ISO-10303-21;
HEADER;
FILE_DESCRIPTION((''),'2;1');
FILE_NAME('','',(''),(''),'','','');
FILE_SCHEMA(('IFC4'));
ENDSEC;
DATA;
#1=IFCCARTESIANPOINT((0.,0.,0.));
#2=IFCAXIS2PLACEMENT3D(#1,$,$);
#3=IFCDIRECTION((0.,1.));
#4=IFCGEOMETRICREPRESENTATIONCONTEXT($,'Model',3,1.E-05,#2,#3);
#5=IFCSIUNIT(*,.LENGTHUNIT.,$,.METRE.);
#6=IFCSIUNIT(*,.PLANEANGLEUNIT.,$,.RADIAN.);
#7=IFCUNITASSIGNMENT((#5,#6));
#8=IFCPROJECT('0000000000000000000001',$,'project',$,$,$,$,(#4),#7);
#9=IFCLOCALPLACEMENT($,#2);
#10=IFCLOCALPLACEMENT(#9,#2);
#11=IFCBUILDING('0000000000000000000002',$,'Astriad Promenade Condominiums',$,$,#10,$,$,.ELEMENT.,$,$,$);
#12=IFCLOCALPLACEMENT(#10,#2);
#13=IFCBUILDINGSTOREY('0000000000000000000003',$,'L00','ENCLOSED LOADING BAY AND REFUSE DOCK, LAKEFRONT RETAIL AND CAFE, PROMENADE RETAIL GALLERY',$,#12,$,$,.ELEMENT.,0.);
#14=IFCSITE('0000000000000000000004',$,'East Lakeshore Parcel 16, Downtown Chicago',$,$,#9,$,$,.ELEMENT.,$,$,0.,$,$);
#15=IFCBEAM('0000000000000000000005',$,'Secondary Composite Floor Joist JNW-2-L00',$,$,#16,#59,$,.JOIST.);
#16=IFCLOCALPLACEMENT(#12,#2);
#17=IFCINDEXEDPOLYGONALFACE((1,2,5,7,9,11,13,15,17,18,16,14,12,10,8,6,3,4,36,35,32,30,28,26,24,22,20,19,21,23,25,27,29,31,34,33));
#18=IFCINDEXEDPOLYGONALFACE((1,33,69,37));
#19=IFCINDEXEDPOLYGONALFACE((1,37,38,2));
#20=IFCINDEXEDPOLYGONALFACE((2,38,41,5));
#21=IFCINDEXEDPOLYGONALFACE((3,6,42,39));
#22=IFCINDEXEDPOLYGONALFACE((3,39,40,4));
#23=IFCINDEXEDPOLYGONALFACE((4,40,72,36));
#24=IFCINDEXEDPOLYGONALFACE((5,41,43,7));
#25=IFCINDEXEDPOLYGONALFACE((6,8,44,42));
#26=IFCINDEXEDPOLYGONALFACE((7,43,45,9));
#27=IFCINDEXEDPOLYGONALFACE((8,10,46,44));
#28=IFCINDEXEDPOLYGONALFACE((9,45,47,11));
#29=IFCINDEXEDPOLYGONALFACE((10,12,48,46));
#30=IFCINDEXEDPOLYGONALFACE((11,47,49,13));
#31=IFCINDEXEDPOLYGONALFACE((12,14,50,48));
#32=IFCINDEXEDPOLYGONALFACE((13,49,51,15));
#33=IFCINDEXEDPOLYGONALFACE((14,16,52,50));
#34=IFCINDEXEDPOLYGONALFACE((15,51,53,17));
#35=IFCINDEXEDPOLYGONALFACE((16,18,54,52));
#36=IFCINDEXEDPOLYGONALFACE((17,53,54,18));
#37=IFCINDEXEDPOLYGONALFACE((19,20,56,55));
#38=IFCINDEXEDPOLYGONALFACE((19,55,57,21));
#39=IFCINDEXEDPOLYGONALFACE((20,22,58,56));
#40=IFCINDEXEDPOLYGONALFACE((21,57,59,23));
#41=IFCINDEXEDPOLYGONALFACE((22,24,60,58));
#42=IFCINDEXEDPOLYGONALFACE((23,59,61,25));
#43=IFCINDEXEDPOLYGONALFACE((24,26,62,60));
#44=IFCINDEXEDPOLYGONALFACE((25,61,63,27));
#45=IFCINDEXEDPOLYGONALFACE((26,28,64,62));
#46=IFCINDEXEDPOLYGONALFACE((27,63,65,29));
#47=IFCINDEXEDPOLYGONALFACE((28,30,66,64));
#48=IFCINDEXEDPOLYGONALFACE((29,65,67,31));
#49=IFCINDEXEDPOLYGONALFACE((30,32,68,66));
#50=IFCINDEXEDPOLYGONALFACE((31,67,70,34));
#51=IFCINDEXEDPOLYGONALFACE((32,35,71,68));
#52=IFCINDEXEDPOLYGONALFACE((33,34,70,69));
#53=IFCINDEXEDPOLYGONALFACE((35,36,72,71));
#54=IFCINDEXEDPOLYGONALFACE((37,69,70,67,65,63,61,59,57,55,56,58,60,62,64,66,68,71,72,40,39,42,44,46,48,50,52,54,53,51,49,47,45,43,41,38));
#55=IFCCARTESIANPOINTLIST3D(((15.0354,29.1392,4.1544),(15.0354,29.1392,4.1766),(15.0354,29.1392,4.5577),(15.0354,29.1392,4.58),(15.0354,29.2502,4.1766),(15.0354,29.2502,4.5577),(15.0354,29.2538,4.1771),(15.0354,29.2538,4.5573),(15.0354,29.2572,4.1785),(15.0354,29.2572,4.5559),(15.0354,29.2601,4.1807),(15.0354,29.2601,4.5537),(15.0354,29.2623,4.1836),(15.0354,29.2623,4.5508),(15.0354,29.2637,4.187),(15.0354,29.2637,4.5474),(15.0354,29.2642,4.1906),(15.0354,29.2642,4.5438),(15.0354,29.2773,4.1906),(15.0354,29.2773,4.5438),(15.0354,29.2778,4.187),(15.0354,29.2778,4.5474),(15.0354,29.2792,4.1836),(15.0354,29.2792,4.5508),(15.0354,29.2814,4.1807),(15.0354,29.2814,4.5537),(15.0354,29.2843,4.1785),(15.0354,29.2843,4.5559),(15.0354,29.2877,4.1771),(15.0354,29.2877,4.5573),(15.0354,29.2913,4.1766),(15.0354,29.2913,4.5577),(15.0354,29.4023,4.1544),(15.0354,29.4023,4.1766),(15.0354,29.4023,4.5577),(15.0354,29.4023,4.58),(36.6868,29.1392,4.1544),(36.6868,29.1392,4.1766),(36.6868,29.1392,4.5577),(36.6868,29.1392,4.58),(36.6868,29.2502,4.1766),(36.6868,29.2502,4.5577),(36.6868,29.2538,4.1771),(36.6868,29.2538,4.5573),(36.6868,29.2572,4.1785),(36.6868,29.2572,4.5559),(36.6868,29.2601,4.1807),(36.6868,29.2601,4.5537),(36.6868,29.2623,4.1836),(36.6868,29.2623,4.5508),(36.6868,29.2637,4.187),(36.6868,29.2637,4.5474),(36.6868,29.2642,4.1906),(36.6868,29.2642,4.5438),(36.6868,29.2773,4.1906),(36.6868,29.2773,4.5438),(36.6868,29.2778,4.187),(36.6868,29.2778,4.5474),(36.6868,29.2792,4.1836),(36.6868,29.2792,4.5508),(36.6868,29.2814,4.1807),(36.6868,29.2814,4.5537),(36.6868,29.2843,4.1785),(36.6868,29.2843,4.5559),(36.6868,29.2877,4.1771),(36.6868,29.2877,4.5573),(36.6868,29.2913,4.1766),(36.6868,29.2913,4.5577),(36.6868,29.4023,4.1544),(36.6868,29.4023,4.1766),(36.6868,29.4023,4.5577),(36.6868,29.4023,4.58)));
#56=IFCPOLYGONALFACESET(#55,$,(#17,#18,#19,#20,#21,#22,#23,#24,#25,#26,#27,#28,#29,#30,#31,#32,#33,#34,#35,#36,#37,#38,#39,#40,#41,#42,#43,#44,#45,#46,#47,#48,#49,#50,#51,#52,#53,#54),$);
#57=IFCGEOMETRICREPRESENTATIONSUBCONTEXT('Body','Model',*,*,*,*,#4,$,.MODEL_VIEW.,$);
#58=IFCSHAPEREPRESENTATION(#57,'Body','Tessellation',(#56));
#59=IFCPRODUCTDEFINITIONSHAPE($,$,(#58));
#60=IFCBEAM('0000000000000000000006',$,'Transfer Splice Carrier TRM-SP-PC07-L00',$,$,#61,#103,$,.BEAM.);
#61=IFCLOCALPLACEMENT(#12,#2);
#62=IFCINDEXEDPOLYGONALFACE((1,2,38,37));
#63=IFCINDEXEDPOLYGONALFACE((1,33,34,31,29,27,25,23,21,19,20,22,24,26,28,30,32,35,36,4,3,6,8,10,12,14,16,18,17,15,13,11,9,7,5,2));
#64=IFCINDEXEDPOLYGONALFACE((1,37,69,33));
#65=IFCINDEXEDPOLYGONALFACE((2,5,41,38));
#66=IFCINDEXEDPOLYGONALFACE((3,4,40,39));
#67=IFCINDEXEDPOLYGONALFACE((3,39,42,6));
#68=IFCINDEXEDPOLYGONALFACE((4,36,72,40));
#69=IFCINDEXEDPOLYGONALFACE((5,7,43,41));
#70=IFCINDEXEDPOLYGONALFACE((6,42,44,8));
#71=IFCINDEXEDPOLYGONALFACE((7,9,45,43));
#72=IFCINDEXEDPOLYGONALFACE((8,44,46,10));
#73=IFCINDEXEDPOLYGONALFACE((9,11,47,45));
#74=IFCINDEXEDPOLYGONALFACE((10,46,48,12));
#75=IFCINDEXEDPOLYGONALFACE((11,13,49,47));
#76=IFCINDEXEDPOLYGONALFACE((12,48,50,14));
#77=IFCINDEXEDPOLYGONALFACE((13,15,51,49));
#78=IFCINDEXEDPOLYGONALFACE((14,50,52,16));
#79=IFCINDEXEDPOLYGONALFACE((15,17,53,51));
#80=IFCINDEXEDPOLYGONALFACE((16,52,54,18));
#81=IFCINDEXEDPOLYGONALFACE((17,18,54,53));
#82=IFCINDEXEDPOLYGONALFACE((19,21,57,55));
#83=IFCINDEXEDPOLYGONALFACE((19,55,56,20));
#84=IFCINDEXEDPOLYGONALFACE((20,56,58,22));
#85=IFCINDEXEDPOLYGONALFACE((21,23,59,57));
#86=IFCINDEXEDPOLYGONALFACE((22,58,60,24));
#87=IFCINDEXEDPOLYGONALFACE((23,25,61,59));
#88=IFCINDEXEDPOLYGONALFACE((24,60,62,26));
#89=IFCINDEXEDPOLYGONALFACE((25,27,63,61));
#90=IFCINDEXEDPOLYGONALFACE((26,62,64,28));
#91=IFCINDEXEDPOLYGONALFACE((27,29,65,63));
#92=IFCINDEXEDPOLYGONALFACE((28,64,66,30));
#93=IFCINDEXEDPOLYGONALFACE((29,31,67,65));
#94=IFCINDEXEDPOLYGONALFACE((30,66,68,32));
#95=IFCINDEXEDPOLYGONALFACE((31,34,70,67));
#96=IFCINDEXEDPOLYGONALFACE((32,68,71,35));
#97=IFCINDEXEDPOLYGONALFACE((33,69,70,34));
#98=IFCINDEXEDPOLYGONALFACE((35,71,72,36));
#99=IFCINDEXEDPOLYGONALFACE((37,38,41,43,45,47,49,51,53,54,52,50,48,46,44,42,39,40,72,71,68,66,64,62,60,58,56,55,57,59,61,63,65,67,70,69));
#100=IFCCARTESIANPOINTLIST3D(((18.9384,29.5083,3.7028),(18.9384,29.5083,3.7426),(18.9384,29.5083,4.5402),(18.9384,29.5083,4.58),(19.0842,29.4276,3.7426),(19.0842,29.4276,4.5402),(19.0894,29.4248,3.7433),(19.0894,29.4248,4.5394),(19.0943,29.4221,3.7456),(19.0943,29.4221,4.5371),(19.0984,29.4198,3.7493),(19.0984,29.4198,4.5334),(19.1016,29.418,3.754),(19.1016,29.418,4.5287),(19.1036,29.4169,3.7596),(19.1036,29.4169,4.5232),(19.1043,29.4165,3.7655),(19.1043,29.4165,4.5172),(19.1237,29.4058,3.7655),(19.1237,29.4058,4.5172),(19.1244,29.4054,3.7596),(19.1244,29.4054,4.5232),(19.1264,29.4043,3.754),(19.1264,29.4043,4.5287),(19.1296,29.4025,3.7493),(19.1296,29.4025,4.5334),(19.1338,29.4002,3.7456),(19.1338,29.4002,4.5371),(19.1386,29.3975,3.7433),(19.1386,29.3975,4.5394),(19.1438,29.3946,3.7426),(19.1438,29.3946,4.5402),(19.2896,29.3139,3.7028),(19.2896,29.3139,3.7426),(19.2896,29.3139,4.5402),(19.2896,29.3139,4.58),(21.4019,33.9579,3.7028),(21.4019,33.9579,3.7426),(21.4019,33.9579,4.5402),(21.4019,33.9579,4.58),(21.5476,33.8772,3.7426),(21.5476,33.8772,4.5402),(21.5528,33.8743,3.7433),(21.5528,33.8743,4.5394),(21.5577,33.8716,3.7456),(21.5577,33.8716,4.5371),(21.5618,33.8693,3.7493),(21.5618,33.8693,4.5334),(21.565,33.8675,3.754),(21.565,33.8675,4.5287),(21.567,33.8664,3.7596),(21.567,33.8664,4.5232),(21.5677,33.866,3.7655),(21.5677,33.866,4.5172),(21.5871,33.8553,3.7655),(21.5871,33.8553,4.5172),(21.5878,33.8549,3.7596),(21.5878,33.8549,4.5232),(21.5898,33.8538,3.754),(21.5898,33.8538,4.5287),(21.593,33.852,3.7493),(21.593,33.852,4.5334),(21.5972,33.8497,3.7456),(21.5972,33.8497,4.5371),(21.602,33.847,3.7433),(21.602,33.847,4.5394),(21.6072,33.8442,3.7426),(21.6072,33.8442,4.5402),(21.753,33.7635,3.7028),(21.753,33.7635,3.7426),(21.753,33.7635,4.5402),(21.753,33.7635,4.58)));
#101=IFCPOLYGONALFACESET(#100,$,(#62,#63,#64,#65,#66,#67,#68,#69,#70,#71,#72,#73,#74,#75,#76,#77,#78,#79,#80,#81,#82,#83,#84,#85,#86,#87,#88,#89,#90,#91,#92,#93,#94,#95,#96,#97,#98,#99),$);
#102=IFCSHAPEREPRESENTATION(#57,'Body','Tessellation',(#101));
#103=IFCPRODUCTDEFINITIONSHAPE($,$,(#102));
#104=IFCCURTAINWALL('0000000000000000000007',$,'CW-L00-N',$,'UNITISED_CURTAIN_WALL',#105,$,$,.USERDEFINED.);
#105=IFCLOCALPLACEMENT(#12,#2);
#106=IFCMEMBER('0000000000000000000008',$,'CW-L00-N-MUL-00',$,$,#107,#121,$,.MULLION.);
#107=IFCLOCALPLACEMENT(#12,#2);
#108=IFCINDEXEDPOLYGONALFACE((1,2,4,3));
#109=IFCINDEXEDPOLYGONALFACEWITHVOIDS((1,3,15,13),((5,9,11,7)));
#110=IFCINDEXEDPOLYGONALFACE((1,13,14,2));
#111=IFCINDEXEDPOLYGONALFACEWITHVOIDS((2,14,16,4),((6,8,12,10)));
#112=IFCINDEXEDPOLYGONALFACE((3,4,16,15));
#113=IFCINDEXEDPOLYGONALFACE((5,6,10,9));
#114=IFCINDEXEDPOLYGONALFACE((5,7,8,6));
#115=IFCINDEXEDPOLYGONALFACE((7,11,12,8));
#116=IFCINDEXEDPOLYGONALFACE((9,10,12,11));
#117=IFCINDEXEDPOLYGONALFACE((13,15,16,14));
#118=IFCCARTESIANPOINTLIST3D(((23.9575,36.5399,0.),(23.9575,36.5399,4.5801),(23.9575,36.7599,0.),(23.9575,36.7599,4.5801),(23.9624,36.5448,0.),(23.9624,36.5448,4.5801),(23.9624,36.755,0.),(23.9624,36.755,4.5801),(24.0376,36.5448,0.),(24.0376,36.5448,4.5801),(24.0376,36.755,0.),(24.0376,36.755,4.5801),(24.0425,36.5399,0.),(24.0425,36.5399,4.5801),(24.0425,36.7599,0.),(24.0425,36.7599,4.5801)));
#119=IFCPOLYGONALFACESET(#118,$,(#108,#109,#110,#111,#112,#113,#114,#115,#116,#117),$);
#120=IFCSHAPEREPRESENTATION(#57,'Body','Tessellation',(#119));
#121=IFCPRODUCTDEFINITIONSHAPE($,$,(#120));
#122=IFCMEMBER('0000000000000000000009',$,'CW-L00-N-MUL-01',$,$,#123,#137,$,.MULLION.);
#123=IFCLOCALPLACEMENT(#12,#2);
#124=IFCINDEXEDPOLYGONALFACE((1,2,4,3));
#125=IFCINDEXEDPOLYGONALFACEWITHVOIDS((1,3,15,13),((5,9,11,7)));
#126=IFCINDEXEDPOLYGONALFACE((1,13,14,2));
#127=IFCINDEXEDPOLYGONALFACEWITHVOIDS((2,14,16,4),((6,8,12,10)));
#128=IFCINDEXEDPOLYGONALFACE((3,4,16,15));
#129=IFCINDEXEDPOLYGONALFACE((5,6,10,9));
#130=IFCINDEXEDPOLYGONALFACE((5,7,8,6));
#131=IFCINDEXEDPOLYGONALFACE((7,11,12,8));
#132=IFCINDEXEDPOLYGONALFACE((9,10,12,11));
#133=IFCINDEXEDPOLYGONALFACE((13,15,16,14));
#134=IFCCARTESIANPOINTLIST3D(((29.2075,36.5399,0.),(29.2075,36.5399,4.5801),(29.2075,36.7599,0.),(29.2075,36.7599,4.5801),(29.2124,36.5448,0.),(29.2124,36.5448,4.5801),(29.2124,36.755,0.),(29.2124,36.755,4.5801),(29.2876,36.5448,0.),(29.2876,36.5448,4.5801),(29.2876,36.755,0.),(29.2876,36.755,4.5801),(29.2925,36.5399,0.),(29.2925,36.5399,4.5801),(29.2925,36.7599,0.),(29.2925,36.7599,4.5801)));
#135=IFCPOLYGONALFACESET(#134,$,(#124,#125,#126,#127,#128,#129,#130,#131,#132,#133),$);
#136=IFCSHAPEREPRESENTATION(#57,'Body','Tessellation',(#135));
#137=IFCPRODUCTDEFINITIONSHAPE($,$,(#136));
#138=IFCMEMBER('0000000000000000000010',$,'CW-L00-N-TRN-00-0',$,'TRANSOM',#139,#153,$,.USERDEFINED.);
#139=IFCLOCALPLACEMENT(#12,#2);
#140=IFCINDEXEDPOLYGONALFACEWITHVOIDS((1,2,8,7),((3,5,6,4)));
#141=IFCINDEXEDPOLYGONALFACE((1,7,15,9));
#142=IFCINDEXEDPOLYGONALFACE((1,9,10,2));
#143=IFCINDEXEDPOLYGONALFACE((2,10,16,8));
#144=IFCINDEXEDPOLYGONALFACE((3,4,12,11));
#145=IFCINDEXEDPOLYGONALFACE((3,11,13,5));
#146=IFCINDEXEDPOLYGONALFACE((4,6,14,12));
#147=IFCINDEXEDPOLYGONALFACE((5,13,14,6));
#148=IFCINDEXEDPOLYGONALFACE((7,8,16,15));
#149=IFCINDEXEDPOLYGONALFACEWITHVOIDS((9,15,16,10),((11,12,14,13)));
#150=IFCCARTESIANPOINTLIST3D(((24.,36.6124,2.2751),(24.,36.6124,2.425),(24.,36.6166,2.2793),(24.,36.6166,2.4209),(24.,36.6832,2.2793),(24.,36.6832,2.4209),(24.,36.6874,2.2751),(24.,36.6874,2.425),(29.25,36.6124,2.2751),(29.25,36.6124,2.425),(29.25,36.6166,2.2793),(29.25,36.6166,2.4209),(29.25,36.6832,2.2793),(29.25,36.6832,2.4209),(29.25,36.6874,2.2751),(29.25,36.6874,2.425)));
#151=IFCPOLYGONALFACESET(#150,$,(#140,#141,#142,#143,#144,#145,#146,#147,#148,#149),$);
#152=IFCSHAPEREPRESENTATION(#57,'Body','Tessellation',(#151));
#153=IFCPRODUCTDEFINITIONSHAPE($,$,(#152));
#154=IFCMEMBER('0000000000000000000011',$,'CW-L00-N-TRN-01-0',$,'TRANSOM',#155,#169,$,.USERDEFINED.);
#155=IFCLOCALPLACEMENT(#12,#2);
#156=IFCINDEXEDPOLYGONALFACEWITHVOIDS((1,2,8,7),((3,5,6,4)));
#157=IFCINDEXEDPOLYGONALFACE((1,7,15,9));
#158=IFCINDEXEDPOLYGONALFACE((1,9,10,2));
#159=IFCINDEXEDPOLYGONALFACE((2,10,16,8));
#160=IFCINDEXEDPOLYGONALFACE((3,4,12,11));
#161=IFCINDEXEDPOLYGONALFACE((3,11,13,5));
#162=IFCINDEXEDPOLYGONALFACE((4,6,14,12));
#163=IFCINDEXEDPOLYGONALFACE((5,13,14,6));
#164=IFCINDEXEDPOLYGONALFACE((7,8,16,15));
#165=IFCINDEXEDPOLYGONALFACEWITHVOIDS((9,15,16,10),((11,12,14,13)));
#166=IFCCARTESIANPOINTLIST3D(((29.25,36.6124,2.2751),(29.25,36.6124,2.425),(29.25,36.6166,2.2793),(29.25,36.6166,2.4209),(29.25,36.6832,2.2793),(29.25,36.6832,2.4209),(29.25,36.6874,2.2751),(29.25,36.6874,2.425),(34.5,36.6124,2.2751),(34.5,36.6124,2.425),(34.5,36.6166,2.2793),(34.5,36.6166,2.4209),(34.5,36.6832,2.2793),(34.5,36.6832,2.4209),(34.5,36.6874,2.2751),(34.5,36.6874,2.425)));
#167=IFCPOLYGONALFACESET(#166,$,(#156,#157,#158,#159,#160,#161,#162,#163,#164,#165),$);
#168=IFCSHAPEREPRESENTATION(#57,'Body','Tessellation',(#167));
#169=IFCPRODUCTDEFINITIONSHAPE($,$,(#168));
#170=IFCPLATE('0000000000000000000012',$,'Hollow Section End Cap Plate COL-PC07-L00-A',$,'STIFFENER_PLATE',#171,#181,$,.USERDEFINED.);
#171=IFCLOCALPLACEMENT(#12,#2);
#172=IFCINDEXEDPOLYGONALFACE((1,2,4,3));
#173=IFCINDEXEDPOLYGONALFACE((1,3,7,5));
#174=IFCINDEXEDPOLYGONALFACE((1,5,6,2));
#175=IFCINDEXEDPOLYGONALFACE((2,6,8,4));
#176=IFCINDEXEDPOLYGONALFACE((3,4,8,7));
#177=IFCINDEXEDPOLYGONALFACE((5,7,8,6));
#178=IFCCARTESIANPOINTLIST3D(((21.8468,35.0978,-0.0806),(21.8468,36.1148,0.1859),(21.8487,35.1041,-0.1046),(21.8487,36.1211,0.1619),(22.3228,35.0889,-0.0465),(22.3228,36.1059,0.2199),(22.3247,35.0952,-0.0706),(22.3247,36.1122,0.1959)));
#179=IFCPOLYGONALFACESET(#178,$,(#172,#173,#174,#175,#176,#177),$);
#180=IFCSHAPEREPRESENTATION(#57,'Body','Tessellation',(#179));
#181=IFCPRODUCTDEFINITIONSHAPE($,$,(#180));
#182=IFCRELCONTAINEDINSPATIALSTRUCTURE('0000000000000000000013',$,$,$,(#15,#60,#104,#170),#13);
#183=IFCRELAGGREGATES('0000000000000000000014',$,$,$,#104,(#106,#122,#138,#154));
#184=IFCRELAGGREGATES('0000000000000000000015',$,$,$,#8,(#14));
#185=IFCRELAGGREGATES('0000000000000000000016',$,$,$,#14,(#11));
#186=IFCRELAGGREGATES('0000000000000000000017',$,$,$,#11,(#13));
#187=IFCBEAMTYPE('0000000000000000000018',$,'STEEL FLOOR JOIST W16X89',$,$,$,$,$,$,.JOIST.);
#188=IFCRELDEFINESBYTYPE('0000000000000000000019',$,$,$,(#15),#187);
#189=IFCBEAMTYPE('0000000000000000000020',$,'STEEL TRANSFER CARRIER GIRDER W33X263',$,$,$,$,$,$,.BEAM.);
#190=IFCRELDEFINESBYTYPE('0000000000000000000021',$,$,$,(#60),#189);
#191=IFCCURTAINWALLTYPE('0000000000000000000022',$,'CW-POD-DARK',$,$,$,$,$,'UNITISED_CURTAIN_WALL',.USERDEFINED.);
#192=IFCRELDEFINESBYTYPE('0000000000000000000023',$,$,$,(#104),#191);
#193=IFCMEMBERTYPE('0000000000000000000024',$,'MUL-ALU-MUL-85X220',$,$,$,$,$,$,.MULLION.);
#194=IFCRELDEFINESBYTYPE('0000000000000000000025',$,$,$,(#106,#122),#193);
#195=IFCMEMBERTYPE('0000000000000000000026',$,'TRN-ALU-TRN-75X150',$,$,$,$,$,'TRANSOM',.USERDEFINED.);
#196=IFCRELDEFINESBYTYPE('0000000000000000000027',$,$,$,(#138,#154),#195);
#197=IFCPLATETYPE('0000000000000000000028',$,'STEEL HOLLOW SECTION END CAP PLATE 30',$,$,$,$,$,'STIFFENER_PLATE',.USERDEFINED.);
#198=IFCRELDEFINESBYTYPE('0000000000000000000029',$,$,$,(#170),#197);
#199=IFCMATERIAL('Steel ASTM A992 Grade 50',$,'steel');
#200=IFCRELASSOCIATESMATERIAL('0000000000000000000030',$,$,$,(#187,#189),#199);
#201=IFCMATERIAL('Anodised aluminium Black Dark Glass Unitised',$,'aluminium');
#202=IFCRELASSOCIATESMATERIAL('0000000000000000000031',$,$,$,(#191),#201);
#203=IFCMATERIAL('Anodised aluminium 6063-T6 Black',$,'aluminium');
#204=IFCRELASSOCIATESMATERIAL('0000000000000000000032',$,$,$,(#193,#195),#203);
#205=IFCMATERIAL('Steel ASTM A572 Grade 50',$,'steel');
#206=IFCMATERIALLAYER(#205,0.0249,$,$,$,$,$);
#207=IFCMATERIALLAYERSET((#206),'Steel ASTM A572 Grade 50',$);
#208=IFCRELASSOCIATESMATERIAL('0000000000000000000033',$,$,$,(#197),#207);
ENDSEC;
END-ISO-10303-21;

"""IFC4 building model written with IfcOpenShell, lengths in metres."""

from ifc_helpers import new_model, si_unit, direction, frame, origin, origin_2d, place, context, subcontext, project, spatial, rectangle, hollow_rectangle, i_section, extrude, source, transform, mapped, material, layer, layer_set, material_profile, profile_set, type_object, type_shapes, element, aggregate, save


model = new_model("IFC4")

# Units and contexts
model_context = context("Model", 3, precision=1e-05, world=origin(), true_north=direction((0.0, 1.0)))
body_context = subcontext(model_context, "Body", "Model", "MODEL_VIEW")
ifc_project = project(units=[si_unit("LENGTHUNIT", "METRE"), si_unit("PLANEANGLEUNIT", "RADIAN")], contexts=[model_context])

# Site, building, storey
site_placement = place(None, origin())
site = spatial("IfcSite", under=ifc_project, at=site_placement, Name="East Lakeshore Parcel 16, Downtown Chicago", CompositionType="ELEMENT", RefElevation=0.0)
building_placement = place(site_placement, origin())
building = spatial("IfcBuilding", under=site, at=building_placement, Name="Astriad Promenade Condominiums", CompositionType="ELEMENT")
storey_placement = place(building_placement, origin())
storey = spatial("IfcBuildingStorey", under=building, at=storey_placement, Name="L00", Description="ENCLOSED LOADING BAY AND REFUSE DOCK, LAKEFRONT RETAIL AND CAFE, PROMENADE RETAIL GALLERY", CompositionType="ELEMENT", Elevation=0.0)

# Shared definitions
ifc_material_1 = material(Name="Steel ASTM A992 Grade 50", Category="steel")

# Beams
ifc_material_profile_1 = material_profile(ifc_material_1, i_section(OverallWidth=0.2632, OverallDepth=0.4255, WebThickness=0.0132, FlangeThickness=0.0222, FilletRadius=0.0139, at=origin_2d()), Name="W16X89")
ifc_profile_set_1 = profile_set([ifc_material_profile_1], Name="Steel ASTM A992 Grade 50")
beam_type_1 = type_object("IfcBeamType", Name="STEEL FLOOR JOIST W16X89", PredefinedType="JOIST", material=ifc_profile_set_1)
shared_shape_1 = source(origin(), body_context, "Body", "SweptSolid", [
    extrude(i_section(OverallWidth=0.2632, OverallDepth=0.4255, WebThickness=0.0132, FlangeThickness=0.0222, FilletRadius=0.0139, at=origin_2d()), origin(), (0.0, 0.0, 1.0), 21.6514),
])
type_shapes(beam_type_1, [shared_shape_1])
beam_1_placement = place(storey_placement, frame((15.0354, 29.2708, 4.3672), z_axis=(1.0, 0.0, 0.0), x_axis=(0.0, 1.0, 0.0)))
element("IfcBeam", 1, at=beam_1_placement, inside=storey, type_object=beam_type_1, Name="Secondary Composite Floor Joist JNW-2-L00", PredefinedType="JOIST", context=body_context, shape_type="MappedRepresentation", body=[
    mapped(shared_shape_1, transform((0.0, 0.0, 0.0), scale=1.0)),
])
ifc_material_profile_2 = material_profile(ifc_material_1, i_section(OverallWidth=0.4014, OverallDepth=0.8772, WebThickness=0.0222, FlangeThickness=0.0398, FilletRadius=0.0229, at=origin_2d()), Name="W33X263")
ifc_profile_set_2 = profile_set([ifc_material_profile_2], Name="Steel ASTM A992 Grade 50")
beam_type_2 = type_object("IfcBeamType", Name="STEEL TRANSFER CARRIER GIRDER W33X263", PredefinedType="BEAM", material=ifc_profile_set_2)
shared_shape_2 = source(origin(), body_context, "Body", "SweptSolid", [
    extrude(i_section(OverallWidth=0.4014, OverallDepth=0.8772, WebThickness=0.0222, FlangeThickness=0.0398, FilletRadius=0.0229, at=origin_2d()), origin(), (0.0, 0.0, 1.0), 5.0859),
])
type_shapes(beam_type_2, [shared_shape_2])
beam_2_placement = place(storey_placement, frame((19.114, 29.4111, 4.1414), z_axis=(0.484359, 0.87487, 0.0), x_axis=(-0.87487, 0.484359, 0.0)))
element("IfcBeam", 2, at=beam_2_placement, inside=storey, type_object=beam_type_2, Name="Transfer Splice Carrier TRM-SP-PC07-L00", PredefinedType="BEAM", context=body_context, shape_type="MappedRepresentation", body=[
    mapped(shared_shape_2, transform((0.0, 0.0, 0.0), scale=1.0)),
])

# Curtain wall, members
ifc_material_2 = material(Name="Anodised aluminium Black Dark Glass Unitised", Category="aluminium")
curtain_wall_type = type_object("IfcCurtainWallType", Name="CW-POD-DARK", ElementType="UNITISED_CURTAIN_WALL", PredefinedType="USERDEFINED", material=ifc_material_2)
curtain_wall_placement = place(storey_placement, origin())
curtain_wall = element("IfcCurtainWall", 3, at=curtain_wall_placement, inside=storey, type_object=curtain_wall_type, Name="CW-L00-N", ObjectType="UNITISED_CURTAIN_WALL", PredefinedType="USERDEFINED")
ifc_material_3 = material(Name="Anodised aluminium 6063-T6 Black", Category="aluminium")
ifc_material_profile_3 = material_profile(ifc_material_3, hollow_rectangle(XDim=0.085, YDim=0.22, WallThickness=0.0049, at=origin_2d()), Name="ALU-MUL-85X220")
ifc_profile_set_3 = profile_set([ifc_material_profile_3], Name="Anodised aluminium 6063-T6 Black")
member_type_1 = type_object("IfcMemberType", Name="MUL-ALU-MUL-85X220", PredefinedType="MULLION", material=ifc_profile_set_3)
shared_shape_3 = source(origin(), body_context, "Body", "SweptSolid", [
    extrude(hollow_rectangle(XDim=0.085, YDim=0.22, WallThickness=0.0049, at=origin_2d()), origin(), (0.0, 0.0, 1.0), 4.5801),
])
type_shapes(member_type_1, [shared_shape_3])
member_1_placement = place(storey_placement, frame((24.0, 36.6499, 0.0), z_axis=(0.0, 0.0, 1.0), x_axis=(1.0, 0.0, 0.0)))
member_1 = element("IfcMember", 4, at=member_1_placement, type_object=member_type_1, Name="CW-L00-N-MUL-00", PredefinedType="MULLION", context=body_context, shape_type="MappedRepresentation", body=[
    mapped(shared_shape_3, transform((0.0, 0.0, 0.0), scale=1.0)),
])
member_2_placement = place(storey_placement, frame((29.25, 36.6499, 0.0), z_axis=(0.0, 0.0, 1.0), x_axis=(1.0, 0.0, 0.0)))
member_2 = element("IfcMember", 5, at=member_2_placement, type_object=member_type_1, Name="CW-L00-N-MUL-01", PredefinedType="MULLION", context=body_context, shape_type="MappedRepresentation", body=[
    mapped(shared_shape_3, transform((0.0, 0.0, 0.0), scale=1.0)),
])
ifc_material_profile_4 = material_profile(ifc_material_3, hollow_rectangle(XDim=0.075, YDim=0.1499, WallThickness=0.0042, at=origin_2d()), Name="ALU-TRN-75X150")
ifc_profile_set_4 = profile_set([ifc_material_profile_4], Name="Anodised aluminium 6063-T6 Black")
member_type_2 = type_object("IfcMemberType", Name="TRN-ALU-TRN-75X150", ElementType="TRANSOM", PredefinedType="USERDEFINED", material=ifc_profile_set_4)
shared_shape_4 = source(origin(), body_context, "Body", "SweptSolid", [
    extrude(hollow_rectangle(XDim=0.075, YDim=0.1499, WallThickness=0.0042, at=origin_2d()), origin(), (0.0, 0.0, 1.0), 5.25),
])
type_shapes(member_type_2, [shared_shape_4])
member_3_placement = place(storey_placement, frame((24.0, 36.6499, 2.3501), z_axis=(1.0, 0.0, 0.0), x_axis=(0.0, 1.0, 0.0)))
member_3 = element("IfcMember", 6, at=member_3_placement, type_object=member_type_2, Name="CW-L00-N-TRN-00-0", ObjectType="TRANSOM", PredefinedType="USERDEFINED", context=body_context, shape_type="MappedRepresentation", body=[
    mapped(shared_shape_4, transform((0.0, 0.0, 0.0), scale=1.0)),
])
member_4_placement = place(storey_placement, frame((29.25, 36.6499, 2.3501), z_axis=(1.0, 0.0, 0.0), x_axis=(0.0, 1.0, 0.0)))
member_4 = element("IfcMember", 7, at=member_4_placement, type_object=member_type_2, Name="CW-L00-N-TRN-01-0", ObjectType="TRANSOM", PredefinedType="USERDEFINED", context=body_context, shape_type="MappedRepresentation", body=[
    mapped(shared_shape_4, transform((0.0, 0.0, 0.0), scale=1.0)),
])

# Plate
ifc_material_4 = material(Name="Steel ASTM A572 Grade 50", Category="steel")
ifc_layer_1 = layer(ifc_material_4, 0.0249)
ifc_layer_set_1 = layer_set([ifc_layer_1], Name="Steel ASTM A572 Grade 50")
plate_type_1 = type_object("IfcPlateType", Name="STEEL HOLLOW SECTION END CAP PLATE 30", ElementType="STIFFENER_PLATE", PredefinedType="USERDEFINED", material=ifc_layer_set_1)
shared_shape_5 = source(origin(), body_context, "Body", "SweptSolid", [
    extrude(rectangle(XDim=0.4773, YDim=1.0513, at=origin_2d()), origin(), (0.0, 0.0, 1.0), 0.0249),
])
type_shapes(plate_type_1, [shared_shape_5])
for number, where, z_axis, x_axis, name in (
    (8, (22.0867, 35.6082, 0.0457), (-0.073731, -0.252778, 0.964711), (1.0, 0.0, 0.0), "Hollow Section End Cap Plate COL-PC07-L00-A"),
):
    element("IfcPlate", number, at=place(storey_placement, frame(where, z_axis=z_axis, x_axis=x_axis)), inside=storey, type_object=plate_type_1, Name=name, ObjectType="STIFFENER_PLATE", PredefinedType="USERDEFINED", context=body_context, shape_type="MappedRepresentation", body=[
        mapped(shared_shape_5, transform((0.0, 0.0, 0.0), scale=1.0)),
    ])

aggregate(curtain_wall, [member_1, member_2, member_3, member_4])

save(model, "model.ifc")
